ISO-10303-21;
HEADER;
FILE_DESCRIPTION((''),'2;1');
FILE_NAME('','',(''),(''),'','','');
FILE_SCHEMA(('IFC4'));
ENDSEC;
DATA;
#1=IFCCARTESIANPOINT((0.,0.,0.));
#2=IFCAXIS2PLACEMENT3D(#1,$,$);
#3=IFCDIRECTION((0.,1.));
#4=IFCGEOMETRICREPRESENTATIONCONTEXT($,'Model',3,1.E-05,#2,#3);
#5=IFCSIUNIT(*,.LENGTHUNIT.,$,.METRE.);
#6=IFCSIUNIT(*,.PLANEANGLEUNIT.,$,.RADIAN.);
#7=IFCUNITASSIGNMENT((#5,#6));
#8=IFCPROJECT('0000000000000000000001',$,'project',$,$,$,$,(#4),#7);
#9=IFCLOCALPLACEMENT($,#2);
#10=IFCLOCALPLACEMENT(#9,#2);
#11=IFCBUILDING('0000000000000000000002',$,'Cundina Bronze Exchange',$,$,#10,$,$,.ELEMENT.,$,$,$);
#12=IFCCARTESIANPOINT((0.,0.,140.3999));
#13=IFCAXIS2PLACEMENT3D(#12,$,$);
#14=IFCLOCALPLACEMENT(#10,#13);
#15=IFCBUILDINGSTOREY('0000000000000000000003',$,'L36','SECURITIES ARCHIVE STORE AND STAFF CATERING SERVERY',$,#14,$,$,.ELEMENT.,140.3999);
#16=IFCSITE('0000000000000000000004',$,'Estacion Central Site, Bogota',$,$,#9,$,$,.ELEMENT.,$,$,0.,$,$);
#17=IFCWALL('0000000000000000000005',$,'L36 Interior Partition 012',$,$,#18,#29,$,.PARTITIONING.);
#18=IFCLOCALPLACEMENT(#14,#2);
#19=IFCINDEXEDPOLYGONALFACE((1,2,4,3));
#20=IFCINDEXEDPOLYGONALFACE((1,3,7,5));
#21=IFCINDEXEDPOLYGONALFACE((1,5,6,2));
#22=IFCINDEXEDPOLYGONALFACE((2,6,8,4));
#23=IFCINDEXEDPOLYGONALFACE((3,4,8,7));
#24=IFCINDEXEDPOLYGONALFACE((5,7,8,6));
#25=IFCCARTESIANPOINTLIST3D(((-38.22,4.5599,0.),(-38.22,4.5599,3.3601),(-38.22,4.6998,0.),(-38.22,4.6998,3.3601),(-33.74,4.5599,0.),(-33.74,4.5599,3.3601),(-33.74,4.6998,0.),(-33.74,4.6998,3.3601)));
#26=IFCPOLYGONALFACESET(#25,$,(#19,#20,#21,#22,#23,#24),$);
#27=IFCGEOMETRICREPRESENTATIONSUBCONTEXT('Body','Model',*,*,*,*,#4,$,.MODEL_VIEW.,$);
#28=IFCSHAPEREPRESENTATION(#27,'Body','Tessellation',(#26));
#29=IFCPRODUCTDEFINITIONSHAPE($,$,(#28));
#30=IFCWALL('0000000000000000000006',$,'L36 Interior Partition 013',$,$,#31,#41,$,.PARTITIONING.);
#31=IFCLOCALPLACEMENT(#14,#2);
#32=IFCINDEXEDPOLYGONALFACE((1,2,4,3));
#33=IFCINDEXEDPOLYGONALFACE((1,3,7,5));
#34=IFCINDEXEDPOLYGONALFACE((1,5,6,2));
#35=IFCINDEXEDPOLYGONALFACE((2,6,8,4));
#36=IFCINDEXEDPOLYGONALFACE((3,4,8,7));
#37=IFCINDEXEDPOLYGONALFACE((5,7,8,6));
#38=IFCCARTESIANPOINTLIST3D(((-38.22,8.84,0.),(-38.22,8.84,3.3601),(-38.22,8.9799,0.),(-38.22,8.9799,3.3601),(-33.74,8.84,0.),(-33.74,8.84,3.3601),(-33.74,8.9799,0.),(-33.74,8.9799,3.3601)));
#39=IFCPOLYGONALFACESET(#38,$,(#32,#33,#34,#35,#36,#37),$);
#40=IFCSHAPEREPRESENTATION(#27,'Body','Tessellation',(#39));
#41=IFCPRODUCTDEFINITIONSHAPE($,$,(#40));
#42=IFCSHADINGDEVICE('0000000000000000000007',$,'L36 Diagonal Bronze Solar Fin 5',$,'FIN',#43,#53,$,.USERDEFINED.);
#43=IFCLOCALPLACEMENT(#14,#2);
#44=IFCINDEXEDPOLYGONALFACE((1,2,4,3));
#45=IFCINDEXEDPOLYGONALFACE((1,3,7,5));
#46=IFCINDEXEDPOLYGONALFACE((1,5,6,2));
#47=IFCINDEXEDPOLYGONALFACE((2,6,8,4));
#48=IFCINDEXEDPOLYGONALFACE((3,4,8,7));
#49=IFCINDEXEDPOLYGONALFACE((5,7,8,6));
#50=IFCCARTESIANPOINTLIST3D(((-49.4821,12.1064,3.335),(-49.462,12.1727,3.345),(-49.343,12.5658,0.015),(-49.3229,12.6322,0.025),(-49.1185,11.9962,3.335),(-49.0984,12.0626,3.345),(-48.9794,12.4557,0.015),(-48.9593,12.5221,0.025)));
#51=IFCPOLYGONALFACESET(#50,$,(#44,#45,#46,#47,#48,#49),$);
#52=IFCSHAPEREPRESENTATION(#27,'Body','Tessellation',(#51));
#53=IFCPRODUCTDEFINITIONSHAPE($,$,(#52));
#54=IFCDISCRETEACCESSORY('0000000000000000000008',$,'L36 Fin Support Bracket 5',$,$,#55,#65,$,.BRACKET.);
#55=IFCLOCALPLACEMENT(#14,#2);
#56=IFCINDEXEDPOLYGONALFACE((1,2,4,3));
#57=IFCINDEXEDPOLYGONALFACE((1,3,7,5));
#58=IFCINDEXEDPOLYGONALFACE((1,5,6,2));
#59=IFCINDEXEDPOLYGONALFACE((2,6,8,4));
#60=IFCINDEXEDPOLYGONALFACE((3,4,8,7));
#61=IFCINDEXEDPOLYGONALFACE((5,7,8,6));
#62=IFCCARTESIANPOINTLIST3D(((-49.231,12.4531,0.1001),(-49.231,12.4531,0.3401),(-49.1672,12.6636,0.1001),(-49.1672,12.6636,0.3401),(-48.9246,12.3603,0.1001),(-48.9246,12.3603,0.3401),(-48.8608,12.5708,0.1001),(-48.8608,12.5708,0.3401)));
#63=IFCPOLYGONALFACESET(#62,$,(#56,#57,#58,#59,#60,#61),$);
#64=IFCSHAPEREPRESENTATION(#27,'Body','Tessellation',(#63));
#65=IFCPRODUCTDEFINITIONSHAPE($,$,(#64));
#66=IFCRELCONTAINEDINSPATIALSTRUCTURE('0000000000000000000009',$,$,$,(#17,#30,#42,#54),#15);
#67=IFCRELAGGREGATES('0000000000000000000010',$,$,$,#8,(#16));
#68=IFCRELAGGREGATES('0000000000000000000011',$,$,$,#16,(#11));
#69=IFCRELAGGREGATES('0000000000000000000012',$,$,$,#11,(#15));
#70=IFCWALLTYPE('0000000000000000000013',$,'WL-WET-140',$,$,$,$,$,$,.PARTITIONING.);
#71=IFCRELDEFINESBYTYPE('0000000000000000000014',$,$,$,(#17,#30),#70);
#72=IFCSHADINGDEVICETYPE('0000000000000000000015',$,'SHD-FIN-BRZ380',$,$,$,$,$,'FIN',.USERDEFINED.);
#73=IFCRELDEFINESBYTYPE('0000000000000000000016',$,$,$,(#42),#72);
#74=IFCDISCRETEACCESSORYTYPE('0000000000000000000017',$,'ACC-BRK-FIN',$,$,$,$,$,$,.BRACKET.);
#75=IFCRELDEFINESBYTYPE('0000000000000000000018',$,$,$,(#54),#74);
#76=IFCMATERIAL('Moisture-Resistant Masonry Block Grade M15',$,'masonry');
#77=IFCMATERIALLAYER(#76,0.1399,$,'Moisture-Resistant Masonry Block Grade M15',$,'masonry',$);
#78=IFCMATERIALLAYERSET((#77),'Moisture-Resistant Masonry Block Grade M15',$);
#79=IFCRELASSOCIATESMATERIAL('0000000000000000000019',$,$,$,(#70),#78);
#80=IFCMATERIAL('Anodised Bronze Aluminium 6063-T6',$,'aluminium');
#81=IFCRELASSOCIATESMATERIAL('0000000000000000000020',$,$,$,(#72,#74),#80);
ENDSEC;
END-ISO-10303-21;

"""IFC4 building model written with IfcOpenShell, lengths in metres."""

from ifc_helpers import new_model, si_unit, direction, frame, frame_2d, origin, origin_2d, place, context, subcontext, project, spatial, rectangle, extrude, material, layer, layer_set, material_profile, profile_set, type_object, element, save


model = new_model("IFC4")

# Units and contexts
model_context = context("Model", 3, precision=1e-05, world=origin(), true_north=direction((0.0, 1.0)))
body_context = subcontext(model_context, "Body", "Model", "MODEL_VIEW")
ifc_project = project(units=[si_unit("LENGTHUNIT", "METRE"), si_unit("PLANEANGLEUNIT", "RADIAN")], contexts=[model_context])

# Site, building, storey
site_placement = place(None, origin())
site = spatial("IfcSite", under=ifc_project, at=site_placement, Name="Estacion Central Site, Bogota", CompositionType="ELEMENT", RefElevation=0.0)
building_placement = place(site_placement, origin())
building = spatial("IfcBuilding", under=site, at=building_placement, Name="Cundina Bronze Exchange", CompositionType="ELEMENT")
storey_placement = place(building_placement, frame((0.0, 0.0, 140.3999)))
storey = spatial("IfcBuildingStorey", under=building, at=storey_placement, Name="L36", Description="SECURITIES ARCHIVE STORE AND STAFF CATERING SERVERY", CompositionType="ELEMENT", Elevation=140.3999)

# Shared definitions
ifc_material_1 = material(Name="Anodised Bronze Aluminium 6063-T6", Category="aluminium")

# Walls
ifc_material_2 = material(Name="Moisture-Resistant Masonry Block Grade M15", Category="masonry")
ifc_layer_1 = layer(ifc_material_2, 0.1399, Name="Moisture-Resistant Masonry Block Grade M15", Category="masonry")
ifc_layer_set_1 = layer_set([ifc_layer_1], Name="Moisture-Resistant Masonry Block Grade M15")
wall_type_1 = type_object("IfcWallType", Name="WL-WET-140", PredefinedType="PARTITIONING", material=ifc_layer_set_1)
for number, where, z_axis, x_axis, name in (
    (1, (-38.22, 4.6299, 0.0), (0.0, 0.0, 1.0), (1.0, 0.0, 0.0), "L36 Interior Partition 012"),
    (2, (-38.22, 8.9099, 0.0), (0.0, 0.0, 1.0), (1.0, 0.0, 0.0), "L36 Interior Partition 013"),
):
    element("IfcWall", number, at=place(storey_placement, frame(where, z_axis=z_axis, x_axis=x_axis)), inside=storey, type_object=wall_type_1, Name=name, PredefinedType="PARTITIONING", context=body_context, shape_type="SweptSolid", body=[
        extrude(rectangle(XDim=4.48, YDim=0.1399, at=frame_2d((2.24, 0.0))), origin(), (0.0, 0.0, 1.0), 3.3601),
    ])

# Shading device
ifc_material_profile_1 = material_profile(ifc_material_1, rectangle(XDim=0.0701, YDim=0.3799, at=origin_2d()), Name="FIN70X380", Category="aluminium")
ifc_profile_set_1 = profile_set([ifc_material_profile_1], Name="Anodised Bronze Aluminium 6063-T6")
shading_device_type = type_object("IfcShadingDeviceType", Name="SHD-FIN-BRZ380", ElementType="FIN", PredefinedType="USERDEFINED", material=ifc_profile_set_1)
shading_device_placement = place(storey_placement, frame((-49.1511, 12.5439, 0.02), z_axis=(-0.041483, -0.136968, 0.989706), x_axis=(0.286883, 0.947216, 0.143112)))
element("IfcShadingDevice", 3, at=shading_device_placement, inside=storey, type_object=shading_device_type, Name="L36 Diagonal Bronze Solar Fin 5", ObjectType="FIN", PredefinedType="USERDEFINED", context=body_context, shape_type="SweptSolid", body=[
    extrude(rectangle(XDim=0.0701, YDim=0.3799, at=origin_2d()), origin(), (0.0, 0.0, 1.0), 3.3545),
])

# Discrete accessory
discrete_accessory_type = type_object("IfcDiscreteAccessoryType", Name="ACC-BRK-FIN", PredefinedType="BRACKET", material=ifc_material_1)
discrete_accessory_placement = place(storey_placement, frame((-49.0459, 12.512, 0.1001), z_axis=(0.0, 0.0, 1.0), x_axis=(-0.290051, -0.957011, 0.0)))
element("IfcDiscreteAccessory", 4, at=discrete_accessory_placement, inside=storey, type_object=discrete_accessory_type, Name="L36 Fin Support Bracket 5", PredefinedType="BRACKET", context=body_context, shape_type="SweptSolid", body=[
    extrude(rectangle(XDim=0.22, YDim=0.3201, at=origin_2d()), origin(), (0.0, 0.0, 1.0), 0.24),
])

save(model, "model.ifc")
